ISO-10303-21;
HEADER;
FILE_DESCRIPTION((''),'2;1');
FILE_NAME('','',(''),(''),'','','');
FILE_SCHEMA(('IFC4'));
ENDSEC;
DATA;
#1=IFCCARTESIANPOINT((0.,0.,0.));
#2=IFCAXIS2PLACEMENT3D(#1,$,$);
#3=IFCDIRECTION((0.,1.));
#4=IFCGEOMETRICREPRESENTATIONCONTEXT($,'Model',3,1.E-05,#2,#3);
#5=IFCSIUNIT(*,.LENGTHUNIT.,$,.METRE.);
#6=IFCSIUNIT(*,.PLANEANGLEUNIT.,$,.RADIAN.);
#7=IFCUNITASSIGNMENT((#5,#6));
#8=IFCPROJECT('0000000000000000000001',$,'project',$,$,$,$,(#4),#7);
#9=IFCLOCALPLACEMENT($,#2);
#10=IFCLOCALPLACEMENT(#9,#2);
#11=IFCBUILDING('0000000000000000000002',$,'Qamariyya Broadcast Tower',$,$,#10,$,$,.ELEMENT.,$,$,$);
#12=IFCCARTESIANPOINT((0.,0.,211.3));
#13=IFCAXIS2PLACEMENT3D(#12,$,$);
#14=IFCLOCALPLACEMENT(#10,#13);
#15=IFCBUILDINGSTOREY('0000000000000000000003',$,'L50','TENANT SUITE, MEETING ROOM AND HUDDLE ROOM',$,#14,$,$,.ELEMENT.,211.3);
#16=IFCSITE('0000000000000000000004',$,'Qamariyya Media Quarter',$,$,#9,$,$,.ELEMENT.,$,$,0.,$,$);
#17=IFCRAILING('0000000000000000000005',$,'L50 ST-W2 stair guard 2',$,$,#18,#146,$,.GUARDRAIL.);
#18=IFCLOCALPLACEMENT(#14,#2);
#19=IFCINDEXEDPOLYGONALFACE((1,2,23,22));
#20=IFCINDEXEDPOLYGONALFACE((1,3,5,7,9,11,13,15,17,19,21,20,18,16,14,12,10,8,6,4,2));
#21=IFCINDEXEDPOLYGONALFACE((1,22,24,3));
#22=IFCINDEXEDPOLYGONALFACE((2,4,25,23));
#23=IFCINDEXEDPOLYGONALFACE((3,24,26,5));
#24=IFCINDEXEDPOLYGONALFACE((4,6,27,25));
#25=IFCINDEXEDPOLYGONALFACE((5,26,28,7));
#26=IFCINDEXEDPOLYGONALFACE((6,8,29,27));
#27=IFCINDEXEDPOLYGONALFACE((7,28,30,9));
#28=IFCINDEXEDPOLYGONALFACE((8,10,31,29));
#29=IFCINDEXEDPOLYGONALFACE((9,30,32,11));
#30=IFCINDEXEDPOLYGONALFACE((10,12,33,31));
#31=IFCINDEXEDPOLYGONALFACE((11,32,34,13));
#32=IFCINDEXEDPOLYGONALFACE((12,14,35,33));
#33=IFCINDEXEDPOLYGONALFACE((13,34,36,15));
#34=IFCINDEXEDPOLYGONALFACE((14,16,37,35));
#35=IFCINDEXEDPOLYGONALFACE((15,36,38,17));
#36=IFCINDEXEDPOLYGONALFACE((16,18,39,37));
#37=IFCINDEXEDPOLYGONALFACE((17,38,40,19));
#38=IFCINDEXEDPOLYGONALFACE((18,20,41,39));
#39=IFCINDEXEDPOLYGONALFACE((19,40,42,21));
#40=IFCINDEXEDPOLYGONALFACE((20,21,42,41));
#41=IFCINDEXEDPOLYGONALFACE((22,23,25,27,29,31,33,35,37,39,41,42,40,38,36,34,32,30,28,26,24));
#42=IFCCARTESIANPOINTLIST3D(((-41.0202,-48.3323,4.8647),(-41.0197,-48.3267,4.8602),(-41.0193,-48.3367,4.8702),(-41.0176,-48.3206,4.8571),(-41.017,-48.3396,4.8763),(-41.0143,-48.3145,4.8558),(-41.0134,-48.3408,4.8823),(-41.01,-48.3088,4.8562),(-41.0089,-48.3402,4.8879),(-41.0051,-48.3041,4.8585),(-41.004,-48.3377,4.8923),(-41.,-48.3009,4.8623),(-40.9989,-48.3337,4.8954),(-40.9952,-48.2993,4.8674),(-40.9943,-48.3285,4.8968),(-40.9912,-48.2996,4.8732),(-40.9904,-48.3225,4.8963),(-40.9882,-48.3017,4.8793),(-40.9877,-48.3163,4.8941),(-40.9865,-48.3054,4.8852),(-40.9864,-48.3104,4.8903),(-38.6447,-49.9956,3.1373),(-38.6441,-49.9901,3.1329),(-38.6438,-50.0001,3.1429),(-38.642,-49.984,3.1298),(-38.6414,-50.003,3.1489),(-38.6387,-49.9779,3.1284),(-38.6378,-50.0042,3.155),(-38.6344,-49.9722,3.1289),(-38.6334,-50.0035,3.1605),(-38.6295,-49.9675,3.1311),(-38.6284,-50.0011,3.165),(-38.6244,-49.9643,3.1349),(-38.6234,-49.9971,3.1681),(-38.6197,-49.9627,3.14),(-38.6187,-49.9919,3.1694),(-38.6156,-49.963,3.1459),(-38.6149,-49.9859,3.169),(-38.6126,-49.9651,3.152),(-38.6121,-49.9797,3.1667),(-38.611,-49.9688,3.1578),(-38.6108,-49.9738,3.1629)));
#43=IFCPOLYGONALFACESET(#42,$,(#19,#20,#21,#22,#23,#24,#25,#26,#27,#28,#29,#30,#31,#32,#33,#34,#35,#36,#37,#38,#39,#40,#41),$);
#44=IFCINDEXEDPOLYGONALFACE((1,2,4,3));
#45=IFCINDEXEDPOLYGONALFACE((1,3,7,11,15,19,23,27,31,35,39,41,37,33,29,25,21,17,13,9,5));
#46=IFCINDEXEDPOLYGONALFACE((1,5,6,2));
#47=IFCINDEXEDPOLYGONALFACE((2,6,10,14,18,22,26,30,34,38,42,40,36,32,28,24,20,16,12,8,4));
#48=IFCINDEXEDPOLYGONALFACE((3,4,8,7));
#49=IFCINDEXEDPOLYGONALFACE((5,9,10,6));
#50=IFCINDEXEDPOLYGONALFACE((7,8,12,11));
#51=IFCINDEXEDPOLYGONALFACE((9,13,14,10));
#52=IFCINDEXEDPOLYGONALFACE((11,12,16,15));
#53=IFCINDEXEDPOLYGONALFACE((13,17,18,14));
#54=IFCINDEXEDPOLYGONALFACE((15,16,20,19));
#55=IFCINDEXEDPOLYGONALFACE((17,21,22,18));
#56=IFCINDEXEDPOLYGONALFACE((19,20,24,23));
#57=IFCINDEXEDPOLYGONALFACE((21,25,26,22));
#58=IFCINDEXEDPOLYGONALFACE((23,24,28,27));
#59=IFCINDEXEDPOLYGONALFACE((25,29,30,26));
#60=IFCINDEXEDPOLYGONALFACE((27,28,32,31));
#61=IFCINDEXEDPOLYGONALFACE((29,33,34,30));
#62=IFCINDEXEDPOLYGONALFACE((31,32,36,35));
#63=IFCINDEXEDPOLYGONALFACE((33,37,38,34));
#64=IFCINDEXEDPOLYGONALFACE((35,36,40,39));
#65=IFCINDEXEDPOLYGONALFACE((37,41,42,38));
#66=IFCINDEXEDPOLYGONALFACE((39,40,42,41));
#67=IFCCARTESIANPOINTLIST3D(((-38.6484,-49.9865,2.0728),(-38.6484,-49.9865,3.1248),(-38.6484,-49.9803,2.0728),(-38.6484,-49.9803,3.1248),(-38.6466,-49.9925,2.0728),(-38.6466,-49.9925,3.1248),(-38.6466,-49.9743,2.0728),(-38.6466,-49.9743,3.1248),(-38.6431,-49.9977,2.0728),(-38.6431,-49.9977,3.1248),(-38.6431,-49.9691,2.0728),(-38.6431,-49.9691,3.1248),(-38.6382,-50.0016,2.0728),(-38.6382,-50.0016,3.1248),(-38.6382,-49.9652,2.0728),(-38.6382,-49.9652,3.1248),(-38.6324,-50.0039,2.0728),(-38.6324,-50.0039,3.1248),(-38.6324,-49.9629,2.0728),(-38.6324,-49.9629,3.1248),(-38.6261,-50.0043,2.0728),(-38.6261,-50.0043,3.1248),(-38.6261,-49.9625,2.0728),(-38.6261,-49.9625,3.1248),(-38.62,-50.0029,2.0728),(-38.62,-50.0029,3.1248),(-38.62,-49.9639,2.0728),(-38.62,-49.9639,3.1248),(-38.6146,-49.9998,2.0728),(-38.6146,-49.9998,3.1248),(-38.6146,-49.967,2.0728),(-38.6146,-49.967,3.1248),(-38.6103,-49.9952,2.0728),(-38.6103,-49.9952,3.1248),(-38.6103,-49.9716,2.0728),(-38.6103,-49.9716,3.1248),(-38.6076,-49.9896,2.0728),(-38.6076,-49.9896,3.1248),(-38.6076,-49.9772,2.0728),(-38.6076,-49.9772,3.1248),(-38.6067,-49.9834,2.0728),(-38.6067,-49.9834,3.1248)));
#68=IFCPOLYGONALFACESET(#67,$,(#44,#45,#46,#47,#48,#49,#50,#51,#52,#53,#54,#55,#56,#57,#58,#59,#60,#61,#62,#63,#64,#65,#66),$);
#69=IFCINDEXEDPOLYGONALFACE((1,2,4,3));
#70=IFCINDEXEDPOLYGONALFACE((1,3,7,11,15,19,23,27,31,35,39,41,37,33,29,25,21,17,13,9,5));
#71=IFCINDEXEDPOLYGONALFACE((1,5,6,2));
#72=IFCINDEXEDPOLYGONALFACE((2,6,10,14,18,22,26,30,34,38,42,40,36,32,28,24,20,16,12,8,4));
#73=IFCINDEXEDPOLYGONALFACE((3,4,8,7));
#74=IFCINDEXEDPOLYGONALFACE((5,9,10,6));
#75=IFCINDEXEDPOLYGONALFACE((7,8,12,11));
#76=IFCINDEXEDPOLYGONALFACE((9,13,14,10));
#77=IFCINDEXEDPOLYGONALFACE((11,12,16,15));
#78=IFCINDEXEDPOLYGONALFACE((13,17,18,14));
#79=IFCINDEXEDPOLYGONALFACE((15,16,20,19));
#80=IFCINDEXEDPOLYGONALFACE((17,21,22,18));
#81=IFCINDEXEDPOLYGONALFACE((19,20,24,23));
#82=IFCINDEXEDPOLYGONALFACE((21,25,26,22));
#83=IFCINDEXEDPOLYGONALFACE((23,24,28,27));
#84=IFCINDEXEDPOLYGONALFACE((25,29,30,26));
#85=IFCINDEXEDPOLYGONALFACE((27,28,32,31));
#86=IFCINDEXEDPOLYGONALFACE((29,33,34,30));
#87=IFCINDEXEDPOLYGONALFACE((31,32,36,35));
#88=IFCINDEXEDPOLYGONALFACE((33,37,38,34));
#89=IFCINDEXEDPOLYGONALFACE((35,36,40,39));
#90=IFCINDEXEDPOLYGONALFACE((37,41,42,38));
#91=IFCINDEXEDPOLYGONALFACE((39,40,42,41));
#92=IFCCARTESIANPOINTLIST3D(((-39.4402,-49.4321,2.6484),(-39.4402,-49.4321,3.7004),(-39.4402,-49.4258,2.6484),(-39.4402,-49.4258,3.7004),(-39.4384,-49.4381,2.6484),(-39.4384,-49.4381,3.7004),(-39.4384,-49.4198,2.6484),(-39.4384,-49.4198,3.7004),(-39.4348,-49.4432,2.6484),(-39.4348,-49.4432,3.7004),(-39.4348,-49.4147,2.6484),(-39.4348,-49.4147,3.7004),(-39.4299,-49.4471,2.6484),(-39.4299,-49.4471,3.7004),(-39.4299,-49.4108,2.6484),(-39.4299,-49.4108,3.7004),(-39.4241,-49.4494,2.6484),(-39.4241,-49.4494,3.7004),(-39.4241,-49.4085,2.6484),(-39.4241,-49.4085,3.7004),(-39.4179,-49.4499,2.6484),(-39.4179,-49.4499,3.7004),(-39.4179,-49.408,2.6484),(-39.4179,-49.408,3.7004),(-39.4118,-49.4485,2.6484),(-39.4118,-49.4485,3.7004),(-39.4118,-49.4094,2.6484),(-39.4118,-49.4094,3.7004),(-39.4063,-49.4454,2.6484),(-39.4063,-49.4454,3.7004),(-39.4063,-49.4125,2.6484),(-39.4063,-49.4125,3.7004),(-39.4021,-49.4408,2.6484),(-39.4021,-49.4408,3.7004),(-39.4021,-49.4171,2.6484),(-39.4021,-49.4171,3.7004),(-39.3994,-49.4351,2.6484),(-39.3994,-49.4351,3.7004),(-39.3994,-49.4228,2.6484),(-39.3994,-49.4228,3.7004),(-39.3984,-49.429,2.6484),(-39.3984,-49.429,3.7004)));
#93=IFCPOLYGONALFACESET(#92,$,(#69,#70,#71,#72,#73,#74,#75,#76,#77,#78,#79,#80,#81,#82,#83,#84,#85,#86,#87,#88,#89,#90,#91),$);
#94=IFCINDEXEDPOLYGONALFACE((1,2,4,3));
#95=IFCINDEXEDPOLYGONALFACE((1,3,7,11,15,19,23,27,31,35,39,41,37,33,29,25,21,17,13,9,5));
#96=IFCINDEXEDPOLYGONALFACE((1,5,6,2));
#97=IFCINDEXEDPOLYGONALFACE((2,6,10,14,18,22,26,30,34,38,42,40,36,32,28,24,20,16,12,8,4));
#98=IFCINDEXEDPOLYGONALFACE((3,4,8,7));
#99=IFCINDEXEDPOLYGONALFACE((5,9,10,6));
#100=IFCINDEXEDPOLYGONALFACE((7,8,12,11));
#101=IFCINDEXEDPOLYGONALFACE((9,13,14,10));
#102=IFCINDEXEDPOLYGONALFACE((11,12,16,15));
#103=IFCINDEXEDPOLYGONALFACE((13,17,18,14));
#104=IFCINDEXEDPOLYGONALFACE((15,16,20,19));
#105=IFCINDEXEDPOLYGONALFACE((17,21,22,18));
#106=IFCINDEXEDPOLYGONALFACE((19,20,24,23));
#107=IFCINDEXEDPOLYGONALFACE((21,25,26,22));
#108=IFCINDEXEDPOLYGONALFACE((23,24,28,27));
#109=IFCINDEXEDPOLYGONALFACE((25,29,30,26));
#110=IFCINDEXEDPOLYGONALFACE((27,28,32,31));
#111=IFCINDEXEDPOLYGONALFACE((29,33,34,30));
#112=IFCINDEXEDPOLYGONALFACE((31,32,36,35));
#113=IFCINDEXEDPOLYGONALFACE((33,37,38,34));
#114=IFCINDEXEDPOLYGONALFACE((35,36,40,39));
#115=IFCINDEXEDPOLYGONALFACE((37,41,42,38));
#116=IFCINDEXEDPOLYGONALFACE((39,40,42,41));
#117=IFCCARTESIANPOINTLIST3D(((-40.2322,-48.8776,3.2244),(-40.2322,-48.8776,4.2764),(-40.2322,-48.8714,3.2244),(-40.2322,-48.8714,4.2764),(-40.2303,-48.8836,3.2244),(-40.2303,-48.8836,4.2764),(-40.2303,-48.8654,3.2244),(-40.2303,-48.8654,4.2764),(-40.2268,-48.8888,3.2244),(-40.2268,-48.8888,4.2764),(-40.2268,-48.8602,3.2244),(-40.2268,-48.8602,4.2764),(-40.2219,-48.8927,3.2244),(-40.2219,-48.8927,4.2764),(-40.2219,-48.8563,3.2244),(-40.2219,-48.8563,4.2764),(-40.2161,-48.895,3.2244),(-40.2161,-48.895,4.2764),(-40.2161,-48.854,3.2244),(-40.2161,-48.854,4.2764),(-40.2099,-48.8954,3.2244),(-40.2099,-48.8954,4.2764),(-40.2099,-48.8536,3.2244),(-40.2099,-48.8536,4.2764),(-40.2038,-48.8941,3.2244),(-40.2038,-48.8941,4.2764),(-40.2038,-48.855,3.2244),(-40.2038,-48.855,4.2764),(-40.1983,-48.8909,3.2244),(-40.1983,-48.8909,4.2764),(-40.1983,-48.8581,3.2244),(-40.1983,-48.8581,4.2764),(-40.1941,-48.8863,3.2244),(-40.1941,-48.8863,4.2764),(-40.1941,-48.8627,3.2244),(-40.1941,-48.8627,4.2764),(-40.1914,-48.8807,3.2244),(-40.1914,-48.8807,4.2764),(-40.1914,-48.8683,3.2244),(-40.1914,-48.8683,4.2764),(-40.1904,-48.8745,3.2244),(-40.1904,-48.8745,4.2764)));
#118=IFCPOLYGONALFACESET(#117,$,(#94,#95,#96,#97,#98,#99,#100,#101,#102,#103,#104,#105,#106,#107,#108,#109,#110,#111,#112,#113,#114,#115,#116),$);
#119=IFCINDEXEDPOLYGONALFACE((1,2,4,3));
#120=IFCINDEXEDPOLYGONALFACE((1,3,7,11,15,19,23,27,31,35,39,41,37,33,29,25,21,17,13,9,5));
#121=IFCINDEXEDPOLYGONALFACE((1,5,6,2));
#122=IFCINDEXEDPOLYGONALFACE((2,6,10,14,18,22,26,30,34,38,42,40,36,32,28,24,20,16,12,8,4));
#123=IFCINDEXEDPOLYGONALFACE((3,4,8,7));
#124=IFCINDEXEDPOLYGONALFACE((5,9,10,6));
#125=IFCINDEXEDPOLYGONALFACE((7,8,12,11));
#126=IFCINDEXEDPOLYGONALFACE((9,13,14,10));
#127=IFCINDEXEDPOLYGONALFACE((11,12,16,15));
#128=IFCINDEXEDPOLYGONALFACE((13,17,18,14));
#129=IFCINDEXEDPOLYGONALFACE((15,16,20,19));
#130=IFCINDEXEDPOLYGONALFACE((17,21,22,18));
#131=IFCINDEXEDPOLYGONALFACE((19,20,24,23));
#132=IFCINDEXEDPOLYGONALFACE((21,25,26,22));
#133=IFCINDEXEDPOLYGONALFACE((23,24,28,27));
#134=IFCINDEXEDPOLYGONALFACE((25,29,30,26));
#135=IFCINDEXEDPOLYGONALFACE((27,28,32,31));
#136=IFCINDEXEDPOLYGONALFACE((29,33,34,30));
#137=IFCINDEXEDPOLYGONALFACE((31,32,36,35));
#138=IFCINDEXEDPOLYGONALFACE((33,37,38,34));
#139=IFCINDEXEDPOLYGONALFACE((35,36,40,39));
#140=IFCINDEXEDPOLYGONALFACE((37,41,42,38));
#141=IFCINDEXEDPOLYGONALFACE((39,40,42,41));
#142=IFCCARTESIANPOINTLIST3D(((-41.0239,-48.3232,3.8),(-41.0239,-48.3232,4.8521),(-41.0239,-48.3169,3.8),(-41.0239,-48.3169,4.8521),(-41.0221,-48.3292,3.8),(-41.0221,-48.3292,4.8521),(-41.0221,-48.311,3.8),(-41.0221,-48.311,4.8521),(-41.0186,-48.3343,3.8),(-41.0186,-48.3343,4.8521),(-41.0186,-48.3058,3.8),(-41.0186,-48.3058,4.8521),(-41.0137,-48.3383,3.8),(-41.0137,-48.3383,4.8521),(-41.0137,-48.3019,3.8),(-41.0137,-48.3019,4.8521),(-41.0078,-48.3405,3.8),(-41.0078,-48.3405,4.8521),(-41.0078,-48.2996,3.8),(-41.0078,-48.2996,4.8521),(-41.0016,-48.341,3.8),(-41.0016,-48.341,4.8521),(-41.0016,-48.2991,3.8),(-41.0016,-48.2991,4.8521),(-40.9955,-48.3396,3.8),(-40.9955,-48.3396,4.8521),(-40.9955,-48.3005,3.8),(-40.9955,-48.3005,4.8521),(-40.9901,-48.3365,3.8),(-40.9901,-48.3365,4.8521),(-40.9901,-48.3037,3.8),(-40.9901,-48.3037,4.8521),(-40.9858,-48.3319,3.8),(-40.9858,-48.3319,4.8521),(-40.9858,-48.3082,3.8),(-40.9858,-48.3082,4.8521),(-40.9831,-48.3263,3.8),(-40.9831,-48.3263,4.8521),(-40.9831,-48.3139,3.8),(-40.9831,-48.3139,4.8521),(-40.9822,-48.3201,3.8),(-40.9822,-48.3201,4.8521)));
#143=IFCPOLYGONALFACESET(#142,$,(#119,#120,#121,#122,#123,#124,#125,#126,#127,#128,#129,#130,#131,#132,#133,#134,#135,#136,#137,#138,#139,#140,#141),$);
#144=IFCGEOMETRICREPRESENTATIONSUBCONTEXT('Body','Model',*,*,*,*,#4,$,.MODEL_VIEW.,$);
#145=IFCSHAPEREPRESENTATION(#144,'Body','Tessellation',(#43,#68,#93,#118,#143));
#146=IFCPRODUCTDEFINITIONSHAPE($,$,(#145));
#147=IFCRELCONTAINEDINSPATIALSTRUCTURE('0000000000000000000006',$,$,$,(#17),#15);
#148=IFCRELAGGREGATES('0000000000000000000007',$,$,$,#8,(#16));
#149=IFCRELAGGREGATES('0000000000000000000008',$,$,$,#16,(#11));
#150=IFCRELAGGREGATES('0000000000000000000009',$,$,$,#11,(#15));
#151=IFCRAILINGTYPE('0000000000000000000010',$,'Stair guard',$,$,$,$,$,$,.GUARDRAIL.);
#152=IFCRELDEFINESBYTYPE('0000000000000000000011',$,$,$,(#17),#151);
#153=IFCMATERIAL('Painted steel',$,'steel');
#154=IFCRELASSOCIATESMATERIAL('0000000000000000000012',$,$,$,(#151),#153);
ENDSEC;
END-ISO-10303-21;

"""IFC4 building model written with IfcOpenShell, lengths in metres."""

from ifc_helpers import new_model, si_unit, direction, frame, origin, origin_2d, place, context, subcontext, project, spatial, circle, extrude, material, type_object, element, save


model = new_model("IFC4")

# Units and contexts
model_context = context("Model", 3, precision=1e-05, world=origin(), true_north=direction((0.0, 1.0)))
body_context = subcontext(model_context, "Body", "Model", "MODEL_VIEW")
ifc_project = project(units=[si_unit("LENGTHUNIT", "METRE"), si_unit("PLANEANGLEUNIT", "RADIAN")], contexts=[model_context])

# Site, building, storey
site_placement = place(None, origin())
site = spatial("IfcSite", under=ifc_project, at=site_placement, Name="Qamariyya Media Quarter", CompositionType="ELEMENT", RefElevation=0.0)
building_placement = place(site_placement, origin())
building = spatial("IfcBuilding", under=site, at=building_placement, Name="Qamariyya Broadcast Tower", CompositionType="ELEMENT")
storey_placement = place(building_placement, frame((0.0, 0.0, 211.3)))
storey = spatial("IfcBuildingStorey", under=building, at=storey_placement, Name="L50", Description="TENANT SUITE, MEETING ROOM AND HUDDLE ROOM", CompositionType="ELEMENT", Elevation=211.3)

# Railing
ifc_material_1 = material(Name="Painted steel", Category="steel")
railing_type_1 = type_object("IfcRailingType", Name="Stair guard", PredefinedType="GUARDRAIL", material=ifc_material_1)
railing_1_placement = place(storey_placement, frame((-38.6277, -49.9834, 2.0728)))
element("IfcRailing", 1, at=railing_1_placement, inside=storey, type_object=railing_type_1, Name="L50 ST-W2 stair guard 2", PredefinedType="GUARDRAIL", context=body_context, shape_type="SweptSolid", body=[
    extrude(circle(Radius=0.0239, at=origin_2d()), frame((0.0, 0.0, 1.0762), z_axis=(-0.70377, 0.492784, 0.511734), x_axis=(-0.573575, -0.819153, 0.0)), (0.0, 0.0, 1.0), 3.3755),
    extrude(circle(Radius=0.021, at=origin_2d()), origin(), (0.0, 0.0, 1.0), 1.052),
    extrude(circle(Radius=0.021, at=origin_2d()), frame((-0.7917, 0.5544, 0.5757)), (0.0, 0.0, 1.0), 1.052),
    extrude(circle(Radius=0.021, at=origin_2d()), frame((-1.5837, 1.1089, 1.1516)), (0.0, 0.0, 1.0), 1.052),
    extrude(circle(Radius=0.021, at=origin_2d()), frame((-2.3755, 1.6633, 1.7273)), (0.0, 0.0, 1.0), 1.052),
])

save(model, "model.ifc")
